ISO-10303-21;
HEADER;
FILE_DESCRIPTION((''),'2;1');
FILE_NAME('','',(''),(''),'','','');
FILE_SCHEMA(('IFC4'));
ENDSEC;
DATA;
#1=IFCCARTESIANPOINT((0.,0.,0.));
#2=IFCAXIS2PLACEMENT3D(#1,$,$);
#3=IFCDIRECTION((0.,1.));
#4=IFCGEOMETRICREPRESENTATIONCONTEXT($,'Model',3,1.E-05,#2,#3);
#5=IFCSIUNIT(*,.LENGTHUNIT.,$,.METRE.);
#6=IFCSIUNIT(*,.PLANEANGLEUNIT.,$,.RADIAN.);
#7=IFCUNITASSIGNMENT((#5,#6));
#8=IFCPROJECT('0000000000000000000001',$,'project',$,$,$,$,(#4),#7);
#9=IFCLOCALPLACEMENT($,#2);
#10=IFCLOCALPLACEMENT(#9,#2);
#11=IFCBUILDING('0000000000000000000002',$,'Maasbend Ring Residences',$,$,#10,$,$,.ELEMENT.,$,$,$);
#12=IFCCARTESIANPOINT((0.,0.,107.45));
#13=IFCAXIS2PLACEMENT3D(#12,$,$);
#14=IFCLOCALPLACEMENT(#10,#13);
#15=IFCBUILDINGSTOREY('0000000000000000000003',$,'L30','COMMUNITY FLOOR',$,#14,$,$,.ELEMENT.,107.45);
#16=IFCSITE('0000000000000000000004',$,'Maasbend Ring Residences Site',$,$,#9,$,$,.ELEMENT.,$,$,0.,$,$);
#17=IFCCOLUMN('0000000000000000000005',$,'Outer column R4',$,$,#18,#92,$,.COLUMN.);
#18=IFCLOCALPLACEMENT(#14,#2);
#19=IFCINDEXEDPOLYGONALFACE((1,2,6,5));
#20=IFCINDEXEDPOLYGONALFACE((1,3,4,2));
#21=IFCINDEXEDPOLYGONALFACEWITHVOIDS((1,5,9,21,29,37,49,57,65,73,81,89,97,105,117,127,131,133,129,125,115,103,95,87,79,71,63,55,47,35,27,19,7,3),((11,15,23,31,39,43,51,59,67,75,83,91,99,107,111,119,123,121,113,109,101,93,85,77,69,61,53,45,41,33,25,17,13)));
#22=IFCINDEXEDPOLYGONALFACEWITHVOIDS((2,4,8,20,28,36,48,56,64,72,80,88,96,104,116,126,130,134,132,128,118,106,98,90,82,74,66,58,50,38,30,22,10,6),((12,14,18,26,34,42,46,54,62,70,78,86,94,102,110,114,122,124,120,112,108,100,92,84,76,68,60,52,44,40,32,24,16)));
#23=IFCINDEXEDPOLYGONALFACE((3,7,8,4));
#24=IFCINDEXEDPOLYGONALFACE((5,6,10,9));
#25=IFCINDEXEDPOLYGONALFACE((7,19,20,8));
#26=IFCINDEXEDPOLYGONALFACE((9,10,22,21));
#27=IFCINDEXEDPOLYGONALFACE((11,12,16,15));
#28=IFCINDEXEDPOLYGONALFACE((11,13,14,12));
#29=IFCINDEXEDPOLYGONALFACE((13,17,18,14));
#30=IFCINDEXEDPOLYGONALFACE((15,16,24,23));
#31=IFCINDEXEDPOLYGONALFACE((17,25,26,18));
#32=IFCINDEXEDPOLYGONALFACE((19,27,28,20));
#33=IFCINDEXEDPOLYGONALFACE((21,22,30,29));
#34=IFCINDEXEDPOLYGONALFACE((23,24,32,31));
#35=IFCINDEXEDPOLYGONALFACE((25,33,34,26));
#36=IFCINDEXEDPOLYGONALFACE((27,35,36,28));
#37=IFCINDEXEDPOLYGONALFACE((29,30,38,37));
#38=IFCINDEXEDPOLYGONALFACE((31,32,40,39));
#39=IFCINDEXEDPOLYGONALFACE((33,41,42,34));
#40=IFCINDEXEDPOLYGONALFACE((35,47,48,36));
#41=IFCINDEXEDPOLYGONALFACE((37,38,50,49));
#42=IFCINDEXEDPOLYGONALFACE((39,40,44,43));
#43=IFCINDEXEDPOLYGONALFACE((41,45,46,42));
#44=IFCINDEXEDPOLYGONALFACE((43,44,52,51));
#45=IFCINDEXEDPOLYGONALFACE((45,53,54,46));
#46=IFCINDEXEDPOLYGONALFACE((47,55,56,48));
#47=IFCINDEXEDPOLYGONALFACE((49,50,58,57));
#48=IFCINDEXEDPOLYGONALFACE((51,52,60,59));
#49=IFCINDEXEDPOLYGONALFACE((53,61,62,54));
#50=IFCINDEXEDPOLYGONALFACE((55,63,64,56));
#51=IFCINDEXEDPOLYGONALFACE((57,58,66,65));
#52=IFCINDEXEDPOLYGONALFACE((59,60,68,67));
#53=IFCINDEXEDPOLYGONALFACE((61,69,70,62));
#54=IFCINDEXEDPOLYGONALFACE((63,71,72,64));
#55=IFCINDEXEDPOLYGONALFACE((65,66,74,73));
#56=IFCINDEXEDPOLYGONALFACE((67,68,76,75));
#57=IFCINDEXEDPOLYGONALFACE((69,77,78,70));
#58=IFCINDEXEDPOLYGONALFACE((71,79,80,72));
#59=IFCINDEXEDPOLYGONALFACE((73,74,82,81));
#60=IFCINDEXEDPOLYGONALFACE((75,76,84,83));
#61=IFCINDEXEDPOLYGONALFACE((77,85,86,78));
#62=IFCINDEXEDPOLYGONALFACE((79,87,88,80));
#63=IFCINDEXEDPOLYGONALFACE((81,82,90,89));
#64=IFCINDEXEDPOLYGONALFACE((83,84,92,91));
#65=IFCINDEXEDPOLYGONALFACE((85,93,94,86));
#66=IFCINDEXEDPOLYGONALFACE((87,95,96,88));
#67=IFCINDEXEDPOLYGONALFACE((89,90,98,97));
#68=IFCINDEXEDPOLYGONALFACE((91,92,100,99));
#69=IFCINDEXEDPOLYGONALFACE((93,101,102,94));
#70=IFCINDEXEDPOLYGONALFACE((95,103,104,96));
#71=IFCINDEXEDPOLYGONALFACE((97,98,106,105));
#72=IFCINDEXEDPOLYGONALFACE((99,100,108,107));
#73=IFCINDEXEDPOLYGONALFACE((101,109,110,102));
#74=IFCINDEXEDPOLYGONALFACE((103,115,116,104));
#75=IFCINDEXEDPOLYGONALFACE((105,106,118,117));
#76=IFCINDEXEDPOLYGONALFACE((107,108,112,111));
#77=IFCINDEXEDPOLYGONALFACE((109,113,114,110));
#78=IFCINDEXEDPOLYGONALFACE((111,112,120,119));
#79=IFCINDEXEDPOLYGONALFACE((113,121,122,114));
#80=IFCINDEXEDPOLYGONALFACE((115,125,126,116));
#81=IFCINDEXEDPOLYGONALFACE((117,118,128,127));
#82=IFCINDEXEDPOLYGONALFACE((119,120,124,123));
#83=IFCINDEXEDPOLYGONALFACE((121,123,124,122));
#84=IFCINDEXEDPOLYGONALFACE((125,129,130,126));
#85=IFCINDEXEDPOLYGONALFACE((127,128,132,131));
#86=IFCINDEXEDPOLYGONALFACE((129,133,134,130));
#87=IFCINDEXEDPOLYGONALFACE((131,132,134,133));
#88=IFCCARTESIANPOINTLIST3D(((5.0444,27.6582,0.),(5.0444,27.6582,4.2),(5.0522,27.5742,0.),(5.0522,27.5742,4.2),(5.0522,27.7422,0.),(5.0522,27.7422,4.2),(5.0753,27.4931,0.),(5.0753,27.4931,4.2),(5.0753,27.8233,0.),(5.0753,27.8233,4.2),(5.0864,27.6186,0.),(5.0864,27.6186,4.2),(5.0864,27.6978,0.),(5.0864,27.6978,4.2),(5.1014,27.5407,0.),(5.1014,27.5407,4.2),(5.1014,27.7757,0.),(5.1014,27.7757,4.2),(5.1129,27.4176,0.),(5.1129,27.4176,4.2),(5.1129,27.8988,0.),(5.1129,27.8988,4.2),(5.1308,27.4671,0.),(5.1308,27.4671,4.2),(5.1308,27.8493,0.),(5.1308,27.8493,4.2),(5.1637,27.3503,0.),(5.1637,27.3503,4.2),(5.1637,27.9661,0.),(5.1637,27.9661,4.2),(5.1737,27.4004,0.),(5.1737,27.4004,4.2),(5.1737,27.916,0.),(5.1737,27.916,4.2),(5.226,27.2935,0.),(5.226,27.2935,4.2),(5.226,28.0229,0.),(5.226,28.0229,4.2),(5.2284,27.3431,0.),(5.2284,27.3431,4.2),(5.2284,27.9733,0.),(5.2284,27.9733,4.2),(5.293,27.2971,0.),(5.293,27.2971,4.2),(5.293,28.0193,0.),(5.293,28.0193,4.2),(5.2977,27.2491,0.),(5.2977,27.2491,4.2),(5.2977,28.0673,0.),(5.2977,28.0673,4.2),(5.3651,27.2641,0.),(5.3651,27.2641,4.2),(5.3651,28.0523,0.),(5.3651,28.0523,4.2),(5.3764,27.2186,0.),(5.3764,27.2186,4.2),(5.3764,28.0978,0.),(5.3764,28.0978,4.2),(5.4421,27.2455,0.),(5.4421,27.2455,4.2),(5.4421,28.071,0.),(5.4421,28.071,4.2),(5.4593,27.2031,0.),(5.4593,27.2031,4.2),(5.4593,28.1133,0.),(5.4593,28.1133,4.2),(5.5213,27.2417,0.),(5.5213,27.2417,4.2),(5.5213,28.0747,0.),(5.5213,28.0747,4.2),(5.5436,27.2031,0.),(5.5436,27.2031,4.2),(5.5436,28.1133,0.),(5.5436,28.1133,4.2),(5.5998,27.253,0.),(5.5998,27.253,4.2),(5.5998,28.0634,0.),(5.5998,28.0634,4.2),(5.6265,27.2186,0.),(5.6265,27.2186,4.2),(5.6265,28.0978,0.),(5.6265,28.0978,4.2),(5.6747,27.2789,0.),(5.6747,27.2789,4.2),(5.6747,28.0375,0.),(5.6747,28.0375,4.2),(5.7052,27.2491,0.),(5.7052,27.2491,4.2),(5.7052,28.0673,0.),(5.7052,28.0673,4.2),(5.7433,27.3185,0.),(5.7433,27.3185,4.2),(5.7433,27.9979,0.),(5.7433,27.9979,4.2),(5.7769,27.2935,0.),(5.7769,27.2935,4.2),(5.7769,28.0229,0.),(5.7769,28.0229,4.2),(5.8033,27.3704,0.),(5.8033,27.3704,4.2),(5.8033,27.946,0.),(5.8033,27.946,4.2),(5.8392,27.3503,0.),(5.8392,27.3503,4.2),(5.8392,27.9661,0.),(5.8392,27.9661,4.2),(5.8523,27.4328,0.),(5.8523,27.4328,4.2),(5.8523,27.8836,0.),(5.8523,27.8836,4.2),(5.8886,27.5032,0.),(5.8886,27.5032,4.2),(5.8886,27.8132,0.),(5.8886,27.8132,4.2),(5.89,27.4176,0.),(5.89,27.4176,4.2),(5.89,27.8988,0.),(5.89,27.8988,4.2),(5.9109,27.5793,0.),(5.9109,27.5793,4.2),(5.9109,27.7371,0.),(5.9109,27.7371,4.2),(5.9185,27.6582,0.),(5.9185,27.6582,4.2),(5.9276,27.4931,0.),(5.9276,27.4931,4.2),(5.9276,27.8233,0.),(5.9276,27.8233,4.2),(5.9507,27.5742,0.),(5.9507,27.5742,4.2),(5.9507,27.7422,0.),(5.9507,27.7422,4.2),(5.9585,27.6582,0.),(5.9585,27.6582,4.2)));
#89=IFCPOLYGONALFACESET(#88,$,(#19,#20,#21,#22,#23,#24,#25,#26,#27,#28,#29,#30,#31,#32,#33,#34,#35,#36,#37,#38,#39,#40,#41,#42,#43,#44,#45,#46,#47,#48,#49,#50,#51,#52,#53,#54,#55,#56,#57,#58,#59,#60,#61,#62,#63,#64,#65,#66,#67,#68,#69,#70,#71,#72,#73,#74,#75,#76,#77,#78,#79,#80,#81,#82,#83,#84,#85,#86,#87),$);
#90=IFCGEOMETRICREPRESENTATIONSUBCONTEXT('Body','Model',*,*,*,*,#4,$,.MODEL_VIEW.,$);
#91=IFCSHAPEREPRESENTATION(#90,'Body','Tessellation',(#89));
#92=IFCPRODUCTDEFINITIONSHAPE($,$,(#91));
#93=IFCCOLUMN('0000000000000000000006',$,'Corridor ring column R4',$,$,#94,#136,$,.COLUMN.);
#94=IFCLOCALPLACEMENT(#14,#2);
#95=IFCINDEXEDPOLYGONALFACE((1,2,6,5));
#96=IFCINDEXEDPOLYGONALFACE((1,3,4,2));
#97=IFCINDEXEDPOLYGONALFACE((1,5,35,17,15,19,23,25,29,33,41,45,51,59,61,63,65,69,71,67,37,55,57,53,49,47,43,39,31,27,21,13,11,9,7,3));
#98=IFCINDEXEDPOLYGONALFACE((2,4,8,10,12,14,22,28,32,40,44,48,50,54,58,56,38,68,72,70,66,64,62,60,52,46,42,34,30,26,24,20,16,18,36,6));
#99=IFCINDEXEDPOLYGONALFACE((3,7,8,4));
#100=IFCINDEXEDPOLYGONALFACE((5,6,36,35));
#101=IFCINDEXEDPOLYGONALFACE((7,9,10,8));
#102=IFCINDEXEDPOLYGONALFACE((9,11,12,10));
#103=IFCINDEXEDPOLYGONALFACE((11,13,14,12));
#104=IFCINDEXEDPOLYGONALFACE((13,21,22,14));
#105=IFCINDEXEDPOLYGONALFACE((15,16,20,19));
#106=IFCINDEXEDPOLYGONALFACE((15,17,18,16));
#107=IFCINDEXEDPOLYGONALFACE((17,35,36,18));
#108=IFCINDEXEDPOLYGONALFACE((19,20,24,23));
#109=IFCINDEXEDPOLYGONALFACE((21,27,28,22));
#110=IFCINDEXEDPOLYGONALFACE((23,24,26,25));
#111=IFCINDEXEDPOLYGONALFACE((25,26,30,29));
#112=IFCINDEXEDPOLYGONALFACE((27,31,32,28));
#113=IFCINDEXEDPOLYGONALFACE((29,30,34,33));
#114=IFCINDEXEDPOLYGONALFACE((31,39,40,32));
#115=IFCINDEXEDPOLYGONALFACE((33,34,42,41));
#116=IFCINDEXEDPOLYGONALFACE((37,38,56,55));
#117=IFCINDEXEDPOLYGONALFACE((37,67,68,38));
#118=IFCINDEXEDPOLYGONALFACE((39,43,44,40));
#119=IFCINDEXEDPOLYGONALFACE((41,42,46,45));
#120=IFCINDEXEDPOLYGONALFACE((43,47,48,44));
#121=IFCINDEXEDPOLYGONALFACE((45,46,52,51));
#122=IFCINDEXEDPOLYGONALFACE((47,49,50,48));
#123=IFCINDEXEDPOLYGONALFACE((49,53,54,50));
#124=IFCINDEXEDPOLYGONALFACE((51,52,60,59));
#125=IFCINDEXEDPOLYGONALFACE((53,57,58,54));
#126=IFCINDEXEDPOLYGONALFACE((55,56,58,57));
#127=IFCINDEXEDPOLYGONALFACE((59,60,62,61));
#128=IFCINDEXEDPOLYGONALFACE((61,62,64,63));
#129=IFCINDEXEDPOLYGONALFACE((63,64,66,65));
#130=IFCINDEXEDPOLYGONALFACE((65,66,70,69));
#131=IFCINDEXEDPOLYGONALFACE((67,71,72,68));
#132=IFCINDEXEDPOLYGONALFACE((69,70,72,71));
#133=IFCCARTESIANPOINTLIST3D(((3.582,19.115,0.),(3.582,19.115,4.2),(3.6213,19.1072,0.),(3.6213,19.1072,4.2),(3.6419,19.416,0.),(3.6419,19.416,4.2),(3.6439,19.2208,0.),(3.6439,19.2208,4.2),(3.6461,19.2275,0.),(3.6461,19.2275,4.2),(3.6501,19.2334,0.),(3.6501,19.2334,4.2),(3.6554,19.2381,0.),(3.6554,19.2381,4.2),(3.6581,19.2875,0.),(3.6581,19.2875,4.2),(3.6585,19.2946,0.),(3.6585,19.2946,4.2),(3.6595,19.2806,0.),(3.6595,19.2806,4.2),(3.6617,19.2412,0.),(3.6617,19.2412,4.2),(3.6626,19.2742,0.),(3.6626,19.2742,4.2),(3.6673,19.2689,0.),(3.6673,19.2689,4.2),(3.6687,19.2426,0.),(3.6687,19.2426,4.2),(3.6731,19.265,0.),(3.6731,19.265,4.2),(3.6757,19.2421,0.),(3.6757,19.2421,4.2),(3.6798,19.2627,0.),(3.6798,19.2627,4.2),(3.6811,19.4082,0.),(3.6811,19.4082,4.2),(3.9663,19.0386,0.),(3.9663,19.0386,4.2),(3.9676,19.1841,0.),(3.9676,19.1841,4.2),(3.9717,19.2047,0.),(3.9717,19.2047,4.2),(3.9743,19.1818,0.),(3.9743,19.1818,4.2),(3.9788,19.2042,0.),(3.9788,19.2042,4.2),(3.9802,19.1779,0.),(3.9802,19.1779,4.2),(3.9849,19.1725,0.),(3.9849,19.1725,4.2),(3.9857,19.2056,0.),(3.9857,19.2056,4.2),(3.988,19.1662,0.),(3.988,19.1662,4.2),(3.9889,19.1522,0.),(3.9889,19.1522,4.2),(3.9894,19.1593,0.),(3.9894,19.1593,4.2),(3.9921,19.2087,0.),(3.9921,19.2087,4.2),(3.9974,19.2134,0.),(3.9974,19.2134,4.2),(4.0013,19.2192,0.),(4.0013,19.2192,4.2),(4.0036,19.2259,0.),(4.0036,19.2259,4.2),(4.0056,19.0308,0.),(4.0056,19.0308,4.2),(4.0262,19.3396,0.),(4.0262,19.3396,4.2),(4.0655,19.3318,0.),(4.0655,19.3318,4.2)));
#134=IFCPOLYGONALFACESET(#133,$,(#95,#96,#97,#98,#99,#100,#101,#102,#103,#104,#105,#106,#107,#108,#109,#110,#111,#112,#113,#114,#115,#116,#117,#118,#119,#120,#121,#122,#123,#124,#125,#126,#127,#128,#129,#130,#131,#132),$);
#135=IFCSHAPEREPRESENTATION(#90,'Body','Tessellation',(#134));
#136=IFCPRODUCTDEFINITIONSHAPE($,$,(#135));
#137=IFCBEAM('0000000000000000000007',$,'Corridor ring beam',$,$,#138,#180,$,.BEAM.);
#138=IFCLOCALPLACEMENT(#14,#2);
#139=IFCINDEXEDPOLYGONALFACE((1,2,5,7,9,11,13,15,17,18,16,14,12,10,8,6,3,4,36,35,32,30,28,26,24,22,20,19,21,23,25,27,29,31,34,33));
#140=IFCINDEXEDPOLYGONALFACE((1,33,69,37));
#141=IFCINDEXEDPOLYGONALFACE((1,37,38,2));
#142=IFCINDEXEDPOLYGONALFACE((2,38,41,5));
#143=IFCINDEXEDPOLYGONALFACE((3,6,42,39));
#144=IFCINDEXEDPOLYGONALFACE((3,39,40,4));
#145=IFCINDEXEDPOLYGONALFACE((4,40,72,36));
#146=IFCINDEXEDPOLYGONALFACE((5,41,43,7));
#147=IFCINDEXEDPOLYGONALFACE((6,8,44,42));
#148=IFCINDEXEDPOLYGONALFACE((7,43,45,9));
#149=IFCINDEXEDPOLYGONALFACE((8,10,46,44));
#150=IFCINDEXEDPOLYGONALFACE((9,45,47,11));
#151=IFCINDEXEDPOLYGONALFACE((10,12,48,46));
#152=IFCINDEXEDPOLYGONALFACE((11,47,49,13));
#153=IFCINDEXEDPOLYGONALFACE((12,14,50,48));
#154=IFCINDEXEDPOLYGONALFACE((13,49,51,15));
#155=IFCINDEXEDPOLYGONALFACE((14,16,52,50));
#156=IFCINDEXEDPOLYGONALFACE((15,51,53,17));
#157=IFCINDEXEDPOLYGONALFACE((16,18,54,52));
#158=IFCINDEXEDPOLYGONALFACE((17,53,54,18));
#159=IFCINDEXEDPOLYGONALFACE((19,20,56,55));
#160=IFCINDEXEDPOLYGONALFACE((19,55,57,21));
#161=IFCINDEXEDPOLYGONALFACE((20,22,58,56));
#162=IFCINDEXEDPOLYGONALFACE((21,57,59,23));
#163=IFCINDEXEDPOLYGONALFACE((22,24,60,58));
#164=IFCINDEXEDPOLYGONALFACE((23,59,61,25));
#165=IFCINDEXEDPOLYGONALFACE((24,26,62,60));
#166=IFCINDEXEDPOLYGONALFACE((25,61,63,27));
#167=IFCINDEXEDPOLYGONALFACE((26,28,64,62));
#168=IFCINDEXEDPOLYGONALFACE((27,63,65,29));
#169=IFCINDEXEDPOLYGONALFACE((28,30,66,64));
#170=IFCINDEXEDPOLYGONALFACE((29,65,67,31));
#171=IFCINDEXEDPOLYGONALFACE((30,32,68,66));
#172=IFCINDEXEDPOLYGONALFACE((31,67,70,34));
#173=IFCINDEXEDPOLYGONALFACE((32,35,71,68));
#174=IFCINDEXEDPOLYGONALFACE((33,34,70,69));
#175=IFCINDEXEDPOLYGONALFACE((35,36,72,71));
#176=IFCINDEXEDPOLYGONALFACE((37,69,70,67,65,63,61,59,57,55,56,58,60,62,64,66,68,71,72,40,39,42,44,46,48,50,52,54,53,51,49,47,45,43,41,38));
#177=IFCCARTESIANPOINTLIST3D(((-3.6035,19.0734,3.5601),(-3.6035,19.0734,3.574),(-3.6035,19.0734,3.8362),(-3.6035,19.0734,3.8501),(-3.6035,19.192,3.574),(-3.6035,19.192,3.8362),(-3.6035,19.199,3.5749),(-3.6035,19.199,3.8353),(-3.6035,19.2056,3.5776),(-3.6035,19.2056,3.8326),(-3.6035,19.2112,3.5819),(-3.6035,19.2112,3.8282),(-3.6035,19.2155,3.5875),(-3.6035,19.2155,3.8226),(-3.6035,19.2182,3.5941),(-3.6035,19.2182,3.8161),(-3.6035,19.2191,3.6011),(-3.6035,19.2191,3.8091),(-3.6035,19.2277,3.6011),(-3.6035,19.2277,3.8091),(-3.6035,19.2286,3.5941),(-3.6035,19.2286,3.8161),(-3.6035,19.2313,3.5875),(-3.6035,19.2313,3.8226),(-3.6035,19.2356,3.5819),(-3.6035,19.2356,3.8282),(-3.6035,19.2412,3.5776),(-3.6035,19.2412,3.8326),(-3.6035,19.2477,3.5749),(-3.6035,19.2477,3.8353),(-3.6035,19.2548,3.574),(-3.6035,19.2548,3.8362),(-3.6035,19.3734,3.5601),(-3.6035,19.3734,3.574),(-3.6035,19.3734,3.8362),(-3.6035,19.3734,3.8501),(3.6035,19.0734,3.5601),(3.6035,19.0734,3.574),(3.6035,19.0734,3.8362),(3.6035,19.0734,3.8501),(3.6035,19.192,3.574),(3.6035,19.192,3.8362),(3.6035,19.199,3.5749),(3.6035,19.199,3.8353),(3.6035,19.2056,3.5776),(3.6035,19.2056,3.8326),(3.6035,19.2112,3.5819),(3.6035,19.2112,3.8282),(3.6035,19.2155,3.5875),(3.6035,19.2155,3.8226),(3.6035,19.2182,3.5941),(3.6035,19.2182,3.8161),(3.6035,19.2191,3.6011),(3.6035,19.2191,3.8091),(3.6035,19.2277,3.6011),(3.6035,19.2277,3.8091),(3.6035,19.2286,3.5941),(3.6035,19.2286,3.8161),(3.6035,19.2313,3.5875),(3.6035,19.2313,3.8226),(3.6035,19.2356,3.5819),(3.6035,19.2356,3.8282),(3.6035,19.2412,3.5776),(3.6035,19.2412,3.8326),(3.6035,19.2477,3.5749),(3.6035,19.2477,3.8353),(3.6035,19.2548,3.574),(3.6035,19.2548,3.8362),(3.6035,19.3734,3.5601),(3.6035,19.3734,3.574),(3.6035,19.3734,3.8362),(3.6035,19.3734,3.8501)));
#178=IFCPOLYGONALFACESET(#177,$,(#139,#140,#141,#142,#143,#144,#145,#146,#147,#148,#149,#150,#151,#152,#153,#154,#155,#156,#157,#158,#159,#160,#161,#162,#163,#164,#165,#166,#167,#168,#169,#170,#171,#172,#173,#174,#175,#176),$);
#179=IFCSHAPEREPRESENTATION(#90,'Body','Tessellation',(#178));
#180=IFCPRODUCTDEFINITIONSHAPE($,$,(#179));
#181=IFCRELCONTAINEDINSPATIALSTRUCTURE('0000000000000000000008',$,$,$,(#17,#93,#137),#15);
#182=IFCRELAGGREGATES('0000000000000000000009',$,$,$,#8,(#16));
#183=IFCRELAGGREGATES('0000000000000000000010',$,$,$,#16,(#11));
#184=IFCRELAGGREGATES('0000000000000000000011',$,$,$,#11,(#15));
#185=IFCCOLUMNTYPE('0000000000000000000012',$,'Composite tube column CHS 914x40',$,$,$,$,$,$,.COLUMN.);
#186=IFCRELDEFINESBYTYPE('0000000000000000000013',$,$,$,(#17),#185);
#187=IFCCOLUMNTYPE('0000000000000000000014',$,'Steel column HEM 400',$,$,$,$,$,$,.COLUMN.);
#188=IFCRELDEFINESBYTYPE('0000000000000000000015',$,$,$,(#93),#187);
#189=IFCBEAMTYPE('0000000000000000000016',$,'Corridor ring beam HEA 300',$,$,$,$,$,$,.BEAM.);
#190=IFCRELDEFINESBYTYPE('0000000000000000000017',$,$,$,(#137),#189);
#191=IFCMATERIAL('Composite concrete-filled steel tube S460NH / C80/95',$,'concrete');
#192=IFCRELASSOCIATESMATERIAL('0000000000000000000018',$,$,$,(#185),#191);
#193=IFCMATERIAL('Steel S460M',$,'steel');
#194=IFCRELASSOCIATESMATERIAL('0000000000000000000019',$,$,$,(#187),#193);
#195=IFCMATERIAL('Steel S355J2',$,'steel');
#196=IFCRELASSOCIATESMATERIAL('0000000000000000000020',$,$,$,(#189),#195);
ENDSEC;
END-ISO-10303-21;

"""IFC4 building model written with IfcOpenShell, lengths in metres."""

from ifc_helpers import new_model, si_unit, direction, frame, origin, origin_2d, place, context, subcontext, project, spatial, hollow_circle, i_section, extrude, material, material_profile, profile_set, type_object, element, save


model = new_model("IFC4")

# Units and contexts
model_context = context("Model", 3, precision=1e-05, world=origin(), true_north=direction((0.0, 1.0)))
body_context = subcontext(model_context, "Body", "Model", "MODEL_VIEW")
ifc_project = project(units=[si_unit("LENGTHUNIT", "METRE"), si_unit("PLANEANGLEUNIT", "RADIAN")], contexts=[model_context])

# Site, building, storey
site_placement = place(None, origin())
site = spatial("IfcSite", under=ifc_project, at=site_placement, Name="Maasbend Ring Residences Site", CompositionType="ELEMENT", RefElevation=0.0)
building_placement = place(site_placement, origin())
building = spatial("IfcBuilding", under=site, at=building_placement, Name="Maasbend Ring Residences", CompositionType="ELEMENT")
storey_placement = place(building_placement, frame((0.0, 0.0, 107.45)))
storey = spatial("IfcBuildingStorey", under=building, at=storey_placement, Name="L30", Description="COMMUNITY FLOOR", CompositionType="ELEMENT", Elevation=107.45)

# Columns
ifc_material_1 = material(Name="Composite concrete-filled steel tube S460NH / C80/95", Category="concrete")
ifc_material_profile_1 = material_profile(ifc_material_1, hollow_circle(Radius=0.457, WallThickness=0.04, at=origin_2d()), Name="Composite tube column CHS 914x40")
ifc_profile_set_1 = profile_set([ifc_material_profile_1], Name="Composite concrete-filled steel tube S460NH / C80/95")
column_type_1 = type_object("IfcColumnType", Name="Composite tube column CHS 914x40", PredefinedType="COLUMN", material=ifc_profile_set_1)
column_1_placement = place(storey_placement, frame((5.5015, 27.6582, 0.0), z_axis=(0.0, 0.0, 1.0), x_axis=(1.0, 0.0, 0.0)))
element("IfcColumn", 1, at=column_1_placement, inside=storey, type_object=column_type_1, Name="Outer column R4", PredefinedType="COLUMN", context=body_context, shape_type="SweptSolid", body=[
    extrude(hollow_circle(Radius=0.457, WallThickness=0.04, at=origin_2d()), origin(), (0.0, 0.0, 1.0), 4.2),
])
ifc_material_2 = material(Name="Steel S460M", Category="steel")
ifc_material_profile_2 = material_profile(ifc_material_2, i_section(OverallWidth=0.3069, OverallDepth=0.4319, WebThickness=0.021, FlangeThickness=0.04, FilletRadius=0.0271, at=origin_2d()), Name="HEM 400")
ifc_profile_set_2 = profile_set([ifc_material_profile_2], Name="Steel S460M")
column_type_2 = type_object("IfcColumnType", Name="Steel column HEM 400", PredefinedType="COLUMN", material=ifc_profile_set_2)
column_2_placement = place(storey_placement, frame((3.8237, 19.2234, 0.0), z_axis=(0.0, 0.0, 1.0), x_axis=(0.19509, 0.980785, 0.0)))
element("IfcColumn", 2, at=column_2_placement, inside=storey, type_object=column_type_2, Name="Corridor ring column R4", PredefinedType="COLUMN", context=body_context, shape_type="SweptSolid", body=[
    extrude(i_section(OverallWidth=0.3069, OverallDepth=0.4319, WebThickness=0.021, FlangeThickness=0.04, FilletRadius=0.0271, at=origin_2d()), origin(), (0.0, 0.0, 1.0), 4.2),
])

# Beam
ifc_material_3 = material(Name="Steel S355J2", Category="steel")
ifc_material_profile_3 = material_profile(ifc_material_3, i_section(OverallWidth=0.3, OverallDepth=0.29, WebThickness=0.0085, FlangeThickness=0.0139, FilletRadius=0.0271, at=origin_2d()), Name="HEA 300")
ifc_profile_set_3 = profile_set([ifc_material_profile_3], Name="Steel S355J2")
beam_type_1 = type_object("IfcBeamType", Name="Corridor ring beam HEA 300", PredefinedType="BEAM", material=ifc_profile_set_3)
beam_1_placement = place(storey_placement, frame((3.6035, 19.2234, 3.7051), z_axis=(-1.0, 0.0, 0.0), x_axis=(0.0, -1.0, 0.0)))
element("IfcBeam", 3, at=beam_1_placement, inside=storey, type_object=beam_type_1, Name="Corridor ring beam", PredefinedType="BEAM", context=body_context, shape_type="SweptSolid", body=[
    extrude(i_section(OverallWidth=0.3, OverallDepth=0.29, WebThickness=0.0085, FlangeThickness=0.0139, FilletRadius=0.0271, at=origin_2d()), origin(), (0.0, 0.0, 1.0), 7.207),
])

save(model, "model.ifc")
